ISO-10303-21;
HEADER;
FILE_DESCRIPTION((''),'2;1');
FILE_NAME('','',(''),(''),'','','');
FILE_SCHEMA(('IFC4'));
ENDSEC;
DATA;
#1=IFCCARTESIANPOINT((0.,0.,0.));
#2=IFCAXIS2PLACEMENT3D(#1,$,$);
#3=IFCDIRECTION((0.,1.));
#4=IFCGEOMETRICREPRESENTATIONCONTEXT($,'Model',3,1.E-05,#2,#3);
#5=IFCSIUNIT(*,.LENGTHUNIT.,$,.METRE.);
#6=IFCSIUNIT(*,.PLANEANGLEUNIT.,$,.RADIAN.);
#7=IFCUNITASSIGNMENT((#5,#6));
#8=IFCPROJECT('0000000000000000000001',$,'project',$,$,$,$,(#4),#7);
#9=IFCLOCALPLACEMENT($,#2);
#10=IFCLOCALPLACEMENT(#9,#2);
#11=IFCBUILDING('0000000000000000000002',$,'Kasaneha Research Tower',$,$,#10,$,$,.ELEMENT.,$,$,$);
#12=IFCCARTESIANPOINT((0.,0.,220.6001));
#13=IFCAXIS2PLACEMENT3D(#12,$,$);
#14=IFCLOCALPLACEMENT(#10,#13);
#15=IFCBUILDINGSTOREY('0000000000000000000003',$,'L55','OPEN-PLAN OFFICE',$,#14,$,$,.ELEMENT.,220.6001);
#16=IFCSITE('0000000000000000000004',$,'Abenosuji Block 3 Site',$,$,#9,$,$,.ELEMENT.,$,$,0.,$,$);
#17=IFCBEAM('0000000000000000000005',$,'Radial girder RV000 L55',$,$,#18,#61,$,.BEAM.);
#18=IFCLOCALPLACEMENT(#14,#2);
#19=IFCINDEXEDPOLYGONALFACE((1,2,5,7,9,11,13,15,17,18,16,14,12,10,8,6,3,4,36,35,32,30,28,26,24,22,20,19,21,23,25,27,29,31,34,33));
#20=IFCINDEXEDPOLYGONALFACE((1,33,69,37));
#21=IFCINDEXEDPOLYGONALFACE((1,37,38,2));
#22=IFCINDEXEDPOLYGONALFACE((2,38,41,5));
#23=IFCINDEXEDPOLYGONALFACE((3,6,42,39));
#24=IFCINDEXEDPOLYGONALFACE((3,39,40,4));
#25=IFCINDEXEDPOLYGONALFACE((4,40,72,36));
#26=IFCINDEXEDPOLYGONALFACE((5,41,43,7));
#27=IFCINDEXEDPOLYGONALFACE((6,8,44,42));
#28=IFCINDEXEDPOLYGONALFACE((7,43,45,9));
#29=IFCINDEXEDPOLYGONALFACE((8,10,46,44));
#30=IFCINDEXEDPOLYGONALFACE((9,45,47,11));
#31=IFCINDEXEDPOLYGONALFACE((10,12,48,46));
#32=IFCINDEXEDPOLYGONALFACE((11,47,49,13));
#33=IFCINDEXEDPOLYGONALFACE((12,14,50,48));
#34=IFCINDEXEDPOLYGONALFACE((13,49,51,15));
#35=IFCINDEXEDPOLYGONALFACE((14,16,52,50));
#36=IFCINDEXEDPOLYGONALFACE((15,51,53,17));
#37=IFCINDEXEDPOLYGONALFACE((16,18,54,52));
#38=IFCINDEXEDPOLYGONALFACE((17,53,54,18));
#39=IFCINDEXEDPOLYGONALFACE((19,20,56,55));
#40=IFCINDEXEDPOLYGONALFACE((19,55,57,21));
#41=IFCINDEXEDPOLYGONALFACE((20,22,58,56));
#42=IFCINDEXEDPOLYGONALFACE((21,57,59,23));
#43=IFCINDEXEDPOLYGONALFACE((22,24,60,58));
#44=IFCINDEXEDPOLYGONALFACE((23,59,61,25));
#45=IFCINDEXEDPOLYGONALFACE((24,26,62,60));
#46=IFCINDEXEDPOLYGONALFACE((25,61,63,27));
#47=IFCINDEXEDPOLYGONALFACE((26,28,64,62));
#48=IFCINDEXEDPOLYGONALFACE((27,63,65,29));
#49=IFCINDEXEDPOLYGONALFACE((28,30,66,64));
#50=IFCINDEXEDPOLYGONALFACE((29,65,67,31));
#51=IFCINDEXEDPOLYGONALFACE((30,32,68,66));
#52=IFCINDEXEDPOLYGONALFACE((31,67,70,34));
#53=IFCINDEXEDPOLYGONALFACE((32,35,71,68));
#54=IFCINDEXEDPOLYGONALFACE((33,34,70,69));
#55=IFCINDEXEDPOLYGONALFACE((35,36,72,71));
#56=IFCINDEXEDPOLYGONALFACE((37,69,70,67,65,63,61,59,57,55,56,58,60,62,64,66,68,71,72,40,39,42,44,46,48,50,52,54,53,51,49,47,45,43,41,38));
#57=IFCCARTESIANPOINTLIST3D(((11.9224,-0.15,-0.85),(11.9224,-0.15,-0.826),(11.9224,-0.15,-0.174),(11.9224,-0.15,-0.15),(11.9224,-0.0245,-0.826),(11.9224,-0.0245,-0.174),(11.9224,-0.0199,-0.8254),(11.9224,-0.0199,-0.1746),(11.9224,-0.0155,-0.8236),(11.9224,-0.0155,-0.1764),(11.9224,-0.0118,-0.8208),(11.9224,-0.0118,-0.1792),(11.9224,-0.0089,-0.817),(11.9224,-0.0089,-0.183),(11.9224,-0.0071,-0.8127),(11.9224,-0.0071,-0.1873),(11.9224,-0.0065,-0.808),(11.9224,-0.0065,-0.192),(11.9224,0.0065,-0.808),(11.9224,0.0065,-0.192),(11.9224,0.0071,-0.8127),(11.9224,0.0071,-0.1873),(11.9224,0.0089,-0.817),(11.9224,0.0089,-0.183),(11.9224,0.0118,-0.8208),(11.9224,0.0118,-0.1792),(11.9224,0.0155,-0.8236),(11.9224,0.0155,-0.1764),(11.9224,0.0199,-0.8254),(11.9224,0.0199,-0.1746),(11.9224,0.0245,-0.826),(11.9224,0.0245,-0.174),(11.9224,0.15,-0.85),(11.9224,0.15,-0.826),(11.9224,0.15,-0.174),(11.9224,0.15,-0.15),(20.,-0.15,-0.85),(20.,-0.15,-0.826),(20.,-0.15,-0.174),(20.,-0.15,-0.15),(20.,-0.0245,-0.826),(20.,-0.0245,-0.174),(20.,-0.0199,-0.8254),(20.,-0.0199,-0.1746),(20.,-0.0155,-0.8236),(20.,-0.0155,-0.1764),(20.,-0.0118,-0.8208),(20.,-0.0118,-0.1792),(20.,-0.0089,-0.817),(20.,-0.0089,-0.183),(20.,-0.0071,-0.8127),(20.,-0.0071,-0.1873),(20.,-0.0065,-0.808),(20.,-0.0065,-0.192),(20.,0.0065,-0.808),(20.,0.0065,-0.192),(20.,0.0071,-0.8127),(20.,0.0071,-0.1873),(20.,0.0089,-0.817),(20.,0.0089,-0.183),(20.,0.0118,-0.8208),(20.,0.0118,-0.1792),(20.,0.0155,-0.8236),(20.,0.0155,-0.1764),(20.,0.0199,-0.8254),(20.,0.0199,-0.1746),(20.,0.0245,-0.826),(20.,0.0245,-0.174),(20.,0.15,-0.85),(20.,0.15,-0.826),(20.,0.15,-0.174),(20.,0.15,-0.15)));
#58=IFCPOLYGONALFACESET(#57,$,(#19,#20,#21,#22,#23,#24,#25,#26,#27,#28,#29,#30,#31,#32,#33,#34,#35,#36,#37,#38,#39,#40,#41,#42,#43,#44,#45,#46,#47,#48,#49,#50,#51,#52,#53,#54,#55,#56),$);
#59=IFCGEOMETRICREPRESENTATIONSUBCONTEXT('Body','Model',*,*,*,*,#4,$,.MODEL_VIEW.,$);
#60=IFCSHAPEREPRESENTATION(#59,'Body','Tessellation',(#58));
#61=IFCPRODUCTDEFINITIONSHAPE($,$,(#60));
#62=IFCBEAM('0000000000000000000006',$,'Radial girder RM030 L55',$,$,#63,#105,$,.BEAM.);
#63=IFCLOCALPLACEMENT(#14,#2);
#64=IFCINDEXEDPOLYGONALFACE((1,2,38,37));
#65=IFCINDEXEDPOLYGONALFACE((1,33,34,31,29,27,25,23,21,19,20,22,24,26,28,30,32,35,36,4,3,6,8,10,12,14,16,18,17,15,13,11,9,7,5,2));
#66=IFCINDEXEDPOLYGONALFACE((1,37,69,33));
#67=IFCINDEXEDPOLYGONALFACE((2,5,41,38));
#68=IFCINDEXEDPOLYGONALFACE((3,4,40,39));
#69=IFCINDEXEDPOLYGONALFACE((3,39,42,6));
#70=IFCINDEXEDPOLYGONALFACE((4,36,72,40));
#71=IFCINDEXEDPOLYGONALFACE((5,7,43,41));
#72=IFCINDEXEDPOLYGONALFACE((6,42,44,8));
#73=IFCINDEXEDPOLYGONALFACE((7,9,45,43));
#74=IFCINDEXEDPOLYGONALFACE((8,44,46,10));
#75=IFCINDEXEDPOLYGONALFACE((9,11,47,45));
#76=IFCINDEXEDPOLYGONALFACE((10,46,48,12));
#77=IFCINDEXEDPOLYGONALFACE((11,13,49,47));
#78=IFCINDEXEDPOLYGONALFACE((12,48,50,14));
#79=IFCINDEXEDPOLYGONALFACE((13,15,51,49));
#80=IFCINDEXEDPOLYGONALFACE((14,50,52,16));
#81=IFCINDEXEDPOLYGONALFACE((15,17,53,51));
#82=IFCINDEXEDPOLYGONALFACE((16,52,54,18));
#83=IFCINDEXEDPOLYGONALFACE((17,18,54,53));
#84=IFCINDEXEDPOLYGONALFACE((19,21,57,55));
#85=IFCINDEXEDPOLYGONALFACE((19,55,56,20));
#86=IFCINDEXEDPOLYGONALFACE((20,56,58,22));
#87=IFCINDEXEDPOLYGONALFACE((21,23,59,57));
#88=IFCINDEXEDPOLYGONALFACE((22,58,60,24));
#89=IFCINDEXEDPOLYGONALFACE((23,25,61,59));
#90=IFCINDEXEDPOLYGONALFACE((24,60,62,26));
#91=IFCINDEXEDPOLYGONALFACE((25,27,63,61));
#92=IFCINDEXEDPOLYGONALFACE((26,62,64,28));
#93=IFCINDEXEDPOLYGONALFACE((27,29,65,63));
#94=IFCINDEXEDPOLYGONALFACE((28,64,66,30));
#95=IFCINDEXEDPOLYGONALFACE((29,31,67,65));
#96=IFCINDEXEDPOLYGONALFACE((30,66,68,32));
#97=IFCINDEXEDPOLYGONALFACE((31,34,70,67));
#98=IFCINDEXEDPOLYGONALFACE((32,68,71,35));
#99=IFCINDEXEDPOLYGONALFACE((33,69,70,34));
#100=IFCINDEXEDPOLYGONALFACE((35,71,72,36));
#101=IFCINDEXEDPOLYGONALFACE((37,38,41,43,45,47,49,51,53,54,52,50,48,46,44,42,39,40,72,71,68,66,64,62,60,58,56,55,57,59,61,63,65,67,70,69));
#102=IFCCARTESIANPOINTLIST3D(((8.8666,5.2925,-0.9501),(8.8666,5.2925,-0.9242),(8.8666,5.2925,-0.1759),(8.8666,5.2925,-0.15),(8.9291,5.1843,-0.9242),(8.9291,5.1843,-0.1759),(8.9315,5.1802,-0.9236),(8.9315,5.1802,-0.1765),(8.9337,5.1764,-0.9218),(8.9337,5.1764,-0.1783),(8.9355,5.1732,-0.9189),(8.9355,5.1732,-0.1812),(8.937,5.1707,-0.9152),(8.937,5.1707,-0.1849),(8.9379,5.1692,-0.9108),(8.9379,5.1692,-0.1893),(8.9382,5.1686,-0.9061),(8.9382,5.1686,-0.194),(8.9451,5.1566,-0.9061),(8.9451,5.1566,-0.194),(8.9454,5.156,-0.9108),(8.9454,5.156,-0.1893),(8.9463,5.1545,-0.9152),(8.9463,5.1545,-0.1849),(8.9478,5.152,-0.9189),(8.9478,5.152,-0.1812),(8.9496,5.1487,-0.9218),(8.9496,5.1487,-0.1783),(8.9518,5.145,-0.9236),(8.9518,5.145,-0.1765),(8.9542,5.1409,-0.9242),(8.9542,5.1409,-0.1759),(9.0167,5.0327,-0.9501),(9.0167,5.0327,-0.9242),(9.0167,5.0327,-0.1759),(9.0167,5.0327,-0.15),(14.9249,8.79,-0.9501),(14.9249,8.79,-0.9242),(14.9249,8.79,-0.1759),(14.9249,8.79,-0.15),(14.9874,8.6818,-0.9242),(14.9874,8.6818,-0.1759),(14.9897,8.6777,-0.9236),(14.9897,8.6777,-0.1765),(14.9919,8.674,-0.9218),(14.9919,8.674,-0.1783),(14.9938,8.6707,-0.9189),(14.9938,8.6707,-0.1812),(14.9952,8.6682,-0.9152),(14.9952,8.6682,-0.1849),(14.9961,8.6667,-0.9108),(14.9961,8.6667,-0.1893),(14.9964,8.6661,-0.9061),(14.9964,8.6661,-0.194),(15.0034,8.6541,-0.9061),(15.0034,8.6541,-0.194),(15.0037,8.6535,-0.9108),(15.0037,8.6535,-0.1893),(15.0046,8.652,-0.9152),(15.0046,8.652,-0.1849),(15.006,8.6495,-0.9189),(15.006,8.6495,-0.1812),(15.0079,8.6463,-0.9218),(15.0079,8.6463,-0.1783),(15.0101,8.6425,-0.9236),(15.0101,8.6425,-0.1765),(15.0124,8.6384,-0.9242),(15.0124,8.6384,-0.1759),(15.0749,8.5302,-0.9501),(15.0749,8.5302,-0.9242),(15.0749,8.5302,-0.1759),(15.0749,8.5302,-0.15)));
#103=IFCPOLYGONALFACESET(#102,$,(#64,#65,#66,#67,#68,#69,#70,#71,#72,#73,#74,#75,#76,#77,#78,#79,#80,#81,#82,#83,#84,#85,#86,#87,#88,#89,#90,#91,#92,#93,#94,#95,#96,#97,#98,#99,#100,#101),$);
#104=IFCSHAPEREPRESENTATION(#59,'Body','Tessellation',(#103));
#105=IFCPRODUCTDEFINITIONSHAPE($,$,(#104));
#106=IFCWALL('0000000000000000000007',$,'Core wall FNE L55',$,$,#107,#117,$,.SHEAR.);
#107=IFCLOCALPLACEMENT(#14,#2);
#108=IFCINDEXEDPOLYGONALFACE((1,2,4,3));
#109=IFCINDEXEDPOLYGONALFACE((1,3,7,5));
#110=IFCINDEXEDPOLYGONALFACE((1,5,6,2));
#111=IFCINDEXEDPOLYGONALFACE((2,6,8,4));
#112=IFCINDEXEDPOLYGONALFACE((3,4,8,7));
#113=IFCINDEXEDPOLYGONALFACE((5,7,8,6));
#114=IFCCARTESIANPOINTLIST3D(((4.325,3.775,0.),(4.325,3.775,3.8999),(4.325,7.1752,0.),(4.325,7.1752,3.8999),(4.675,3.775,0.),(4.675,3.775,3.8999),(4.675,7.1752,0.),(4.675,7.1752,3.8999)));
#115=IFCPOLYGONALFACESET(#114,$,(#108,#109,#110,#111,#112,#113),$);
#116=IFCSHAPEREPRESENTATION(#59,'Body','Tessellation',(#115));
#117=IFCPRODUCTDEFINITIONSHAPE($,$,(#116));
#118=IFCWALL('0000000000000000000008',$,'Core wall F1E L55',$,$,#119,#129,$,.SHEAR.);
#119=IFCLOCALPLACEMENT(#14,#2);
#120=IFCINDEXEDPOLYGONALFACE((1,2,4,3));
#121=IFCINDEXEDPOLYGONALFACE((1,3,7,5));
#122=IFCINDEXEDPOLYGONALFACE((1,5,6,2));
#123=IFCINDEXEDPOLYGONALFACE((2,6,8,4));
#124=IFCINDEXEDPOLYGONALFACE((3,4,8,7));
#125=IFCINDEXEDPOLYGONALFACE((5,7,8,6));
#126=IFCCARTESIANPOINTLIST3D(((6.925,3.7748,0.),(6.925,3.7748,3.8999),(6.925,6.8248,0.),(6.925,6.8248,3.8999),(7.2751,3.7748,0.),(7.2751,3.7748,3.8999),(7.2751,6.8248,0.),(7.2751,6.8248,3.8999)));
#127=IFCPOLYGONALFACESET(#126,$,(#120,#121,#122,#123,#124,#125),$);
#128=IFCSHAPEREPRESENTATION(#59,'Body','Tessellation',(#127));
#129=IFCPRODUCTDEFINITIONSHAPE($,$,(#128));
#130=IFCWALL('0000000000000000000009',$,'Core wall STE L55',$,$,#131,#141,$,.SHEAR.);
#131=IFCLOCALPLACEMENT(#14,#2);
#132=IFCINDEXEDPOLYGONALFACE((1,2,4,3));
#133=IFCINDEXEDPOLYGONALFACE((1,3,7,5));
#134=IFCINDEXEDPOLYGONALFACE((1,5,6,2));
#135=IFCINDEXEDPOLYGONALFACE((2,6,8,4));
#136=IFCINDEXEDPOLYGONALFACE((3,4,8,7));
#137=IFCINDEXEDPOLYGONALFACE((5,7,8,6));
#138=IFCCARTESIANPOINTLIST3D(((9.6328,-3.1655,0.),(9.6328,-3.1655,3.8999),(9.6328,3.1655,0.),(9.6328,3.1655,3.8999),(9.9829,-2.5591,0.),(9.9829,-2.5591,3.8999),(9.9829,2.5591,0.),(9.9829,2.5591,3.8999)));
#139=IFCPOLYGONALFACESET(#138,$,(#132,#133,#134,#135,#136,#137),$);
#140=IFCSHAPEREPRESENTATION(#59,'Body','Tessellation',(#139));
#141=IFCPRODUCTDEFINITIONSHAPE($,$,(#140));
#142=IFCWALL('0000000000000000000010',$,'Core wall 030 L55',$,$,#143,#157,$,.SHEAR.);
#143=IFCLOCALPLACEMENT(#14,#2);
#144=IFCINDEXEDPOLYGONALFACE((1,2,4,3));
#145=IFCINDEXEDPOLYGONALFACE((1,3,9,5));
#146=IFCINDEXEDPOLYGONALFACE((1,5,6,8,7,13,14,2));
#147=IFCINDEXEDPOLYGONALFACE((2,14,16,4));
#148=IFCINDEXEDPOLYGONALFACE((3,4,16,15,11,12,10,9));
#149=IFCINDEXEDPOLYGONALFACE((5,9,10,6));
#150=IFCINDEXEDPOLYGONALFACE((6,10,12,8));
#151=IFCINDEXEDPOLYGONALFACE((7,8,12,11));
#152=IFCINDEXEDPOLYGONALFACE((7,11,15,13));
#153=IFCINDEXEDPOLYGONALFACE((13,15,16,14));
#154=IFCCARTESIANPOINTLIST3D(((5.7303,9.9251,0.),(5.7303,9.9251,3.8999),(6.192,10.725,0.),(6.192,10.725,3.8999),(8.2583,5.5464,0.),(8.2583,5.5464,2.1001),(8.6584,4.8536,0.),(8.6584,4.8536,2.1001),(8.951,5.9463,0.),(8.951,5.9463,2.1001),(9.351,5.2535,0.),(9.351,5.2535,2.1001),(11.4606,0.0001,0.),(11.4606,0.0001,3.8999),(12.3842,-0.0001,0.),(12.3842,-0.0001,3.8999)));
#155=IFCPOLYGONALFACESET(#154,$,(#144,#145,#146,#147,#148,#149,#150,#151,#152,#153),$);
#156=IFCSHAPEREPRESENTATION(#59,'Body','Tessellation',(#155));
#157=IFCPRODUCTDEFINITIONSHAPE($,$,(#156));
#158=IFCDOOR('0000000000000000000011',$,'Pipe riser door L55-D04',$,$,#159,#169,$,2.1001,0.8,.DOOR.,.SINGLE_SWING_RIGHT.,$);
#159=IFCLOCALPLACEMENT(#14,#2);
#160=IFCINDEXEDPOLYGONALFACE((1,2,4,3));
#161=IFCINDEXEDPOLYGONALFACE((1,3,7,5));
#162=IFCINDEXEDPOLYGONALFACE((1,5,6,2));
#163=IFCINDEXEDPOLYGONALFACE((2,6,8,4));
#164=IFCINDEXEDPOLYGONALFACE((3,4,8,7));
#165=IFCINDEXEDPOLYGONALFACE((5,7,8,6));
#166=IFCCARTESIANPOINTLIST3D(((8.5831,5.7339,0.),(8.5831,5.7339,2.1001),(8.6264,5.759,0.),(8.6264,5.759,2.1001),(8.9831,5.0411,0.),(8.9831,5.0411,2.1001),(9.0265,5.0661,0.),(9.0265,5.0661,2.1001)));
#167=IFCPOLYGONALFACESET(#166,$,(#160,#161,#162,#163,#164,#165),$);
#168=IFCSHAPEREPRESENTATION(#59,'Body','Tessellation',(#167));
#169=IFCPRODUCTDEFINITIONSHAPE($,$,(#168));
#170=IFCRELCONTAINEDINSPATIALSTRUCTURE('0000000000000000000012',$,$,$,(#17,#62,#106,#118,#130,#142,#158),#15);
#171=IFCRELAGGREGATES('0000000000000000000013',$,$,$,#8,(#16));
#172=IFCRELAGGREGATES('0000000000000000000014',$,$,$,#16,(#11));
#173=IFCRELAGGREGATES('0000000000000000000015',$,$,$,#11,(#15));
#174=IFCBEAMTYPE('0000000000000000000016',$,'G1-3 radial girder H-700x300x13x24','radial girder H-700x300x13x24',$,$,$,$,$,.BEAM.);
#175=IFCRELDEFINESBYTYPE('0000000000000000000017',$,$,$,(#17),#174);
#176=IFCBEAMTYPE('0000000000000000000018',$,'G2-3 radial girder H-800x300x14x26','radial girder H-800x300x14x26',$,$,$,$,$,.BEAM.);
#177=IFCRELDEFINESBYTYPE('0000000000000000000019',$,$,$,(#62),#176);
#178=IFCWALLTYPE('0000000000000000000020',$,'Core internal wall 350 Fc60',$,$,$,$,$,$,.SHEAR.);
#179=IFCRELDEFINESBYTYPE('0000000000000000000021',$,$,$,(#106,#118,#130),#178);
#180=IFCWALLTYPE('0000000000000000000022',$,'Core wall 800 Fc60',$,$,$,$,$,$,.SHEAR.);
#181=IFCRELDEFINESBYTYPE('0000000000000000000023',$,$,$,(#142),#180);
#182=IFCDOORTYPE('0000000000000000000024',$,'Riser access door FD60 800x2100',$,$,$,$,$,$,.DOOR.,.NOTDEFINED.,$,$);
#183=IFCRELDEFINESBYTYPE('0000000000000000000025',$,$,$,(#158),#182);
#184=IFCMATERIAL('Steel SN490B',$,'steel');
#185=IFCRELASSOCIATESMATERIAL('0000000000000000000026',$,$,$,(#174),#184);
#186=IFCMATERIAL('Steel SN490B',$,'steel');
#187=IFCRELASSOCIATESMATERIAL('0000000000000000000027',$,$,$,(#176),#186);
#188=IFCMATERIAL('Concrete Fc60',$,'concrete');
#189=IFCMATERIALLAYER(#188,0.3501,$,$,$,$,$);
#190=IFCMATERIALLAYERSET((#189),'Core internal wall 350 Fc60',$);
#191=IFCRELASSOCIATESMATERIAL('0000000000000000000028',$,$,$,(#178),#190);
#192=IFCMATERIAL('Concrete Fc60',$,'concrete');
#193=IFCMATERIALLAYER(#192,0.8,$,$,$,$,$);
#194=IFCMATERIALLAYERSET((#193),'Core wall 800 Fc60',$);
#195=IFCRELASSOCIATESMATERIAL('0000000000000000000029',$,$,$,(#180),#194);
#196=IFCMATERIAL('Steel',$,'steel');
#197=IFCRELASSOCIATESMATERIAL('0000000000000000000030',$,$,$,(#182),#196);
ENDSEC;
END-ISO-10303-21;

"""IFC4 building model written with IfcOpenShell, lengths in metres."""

from ifc_helpers import new_model, si_unit, direction, frame, frame_2d, origin, origin_2d, place, context, subcontext, project, spatial, polyline, rectangle, i_section, outline, extrude, material, layer, layer_set, material_profile, profile_set, type_object, element, fill, save


model = new_model("IFC4")

# Units and contexts
model_context = context("Model", 3, precision=1e-05, world=origin(), true_north=direction((0.0, 1.0)))
body_context = subcontext(model_context, "Body", "Model", "MODEL_VIEW")
ifc_project = project(units=[si_unit("LENGTHUNIT", "METRE"), si_unit("PLANEANGLEUNIT", "RADIAN")], contexts=[model_context])

# Site, building, storey
site_placement = place(None, origin())
site = spatial("IfcSite", under=ifc_project, at=site_placement, Name="Abenosuji Block 3 Site", CompositionType="ELEMENT", RefElevation=0.0)
building_placement = place(site_placement, origin())
building = spatial("IfcBuilding", under=site, at=building_placement, Name="Kasaneha Research Tower", CompositionType="ELEMENT")
storey_placement = place(building_placement, frame((0.0, 0.0, 220.6001)))
storey = spatial("IfcBuildingStorey", under=building, at=storey_placement, Name="L55", Description="OPEN-PLAN OFFICE", CompositionType="ELEMENT", Elevation=220.6001)

# Beams
ifc_material_1 = material(Name="Steel SN490B", Category="steel")
ifc_material_profile_1 = material_profile(ifc_material_1, i_section(OverallWidth=0.3, OverallDepth=0.7, WebThickness=0.0129, FlangeThickness=0.0239, FilletRadius=0.0181, at=origin_2d()), Name="H-700x300x13x24")
ifc_profile_set_1 = profile_set([ifc_material_profile_1], Name="Steel SN490B")
beam_type_1 = type_object("IfcBeamType", Name="G1-3 radial girder H-700x300x13x24", Description="radial girder H-700x300x13x24", PredefinedType="BEAM", material=ifc_profile_set_1)
beam_1_placement = place(storey_placement, frame((11.9224, 0.0, -0.5), z_axis=(1.0, 0.0, 0.0), x_axis=(0.0, 1.0, 0.0)))
element("IfcBeam", 1, at=beam_1_placement, inside=storey, type_object=beam_type_1, Name="Radial girder RV000 L55", PredefinedType="BEAM", context=body_context, shape_type="SweptSolid", body=[
    extrude(i_section(OverallWidth=0.3, OverallDepth=0.7, WebThickness=0.0129, FlangeThickness=0.0239, FilletRadius=0.0181, at=origin_2d()), origin(), (0.0, 0.0, 1.0), 8.0776),
])
ifc_material_2 = material(Name="Steel SN490B", Category="steel")
ifc_material_profile_2 = material_profile(ifc_material_2, i_section(OverallWidth=0.3, OverallDepth=0.8, WebThickness=0.0139, FlangeThickness=0.0259, FilletRadius=0.0181, at=origin_2d()), Name="H-800x300x14x26")
ifc_profile_set_2 = profile_set([ifc_material_profile_2], Name="Steel SN490B")
beam_type_2 = type_object("IfcBeamType", Name="G2-3 radial girder H-800x300x14x26", Description="radial girder H-800x300x14x26", PredefinedType="BEAM", material=ifc_profile_set_2)
beam_2_placement = place(storey_placement, frame((8.9417, 5.1626, -0.55), z_axis=(0.86604, 0.499975, 0.0), x_axis=(-0.499975, 0.86604, 0.0)))
element("IfcBeam", 2, at=beam_2_placement, inside=storey, type_object=beam_type_2, Name="Radial girder RM030 L55", PredefinedType="BEAM", context=body_context, shape_type="SweptSolid", body=[
    extrude(i_section(OverallWidth=0.3, OverallDepth=0.8, WebThickness=0.0139, FlangeThickness=0.0259, FilletRadius=0.0181, at=origin_2d()), origin(), (0.0, 0.0, 1.0), 6.9954),
])

# Walls
ifc_material_3 = material(Name="Concrete Fc60", Category="concrete")
ifc_layer_1 = layer(ifc_material_3, 0.3501)
ifc_layer_set_1 = layer_set([ifc_layer_1], Name="Core internal wall 350 Fc60")
wall_type_1 = type_object("IfcWallType", Name="Core internal wall 350 Fc60", PredefinedType="SHEAR", material=ifc_layer_set_1)
wall_1_placement = place(storey_placement, frame((4.5, 3.7749, 0.0), z_axis=(0.0, 0.0, 1.0), x_axis=(0.0, 1.0, 0.0)))
element("IfcWall", 3, at=wall_1_placement, inside=storey, type_object=wall_type_1, Name="Core wall FNE L55", PredefinedType="SHEAR", context=body_context, shape_type="SweptSolid", body=[
    extrude(rectangle(XDim=3.4001, YDim=0.3501, at=frame_2d((1.7002, 0.0))), origin(), (0.0, 0.0, 1.0), 3.8999),
])
wall_2_placement = place(storey_placement, frame((7.1001, 3.7749, 0.0), z_axis=(0.0, 0.0, 1.0), x_axis=(0.0, 1.0, 0.0)))
element("IfcWall", 4, at=wall_2_placement, inside=storey, type_object=wall_type_1, Name="Core wall F1E L55", PredefinedType="SHEAR", context=body_context, shape_type="SweptSolid", body=[
    extrude(rectangle(XDim=3.05, YDim=0.3501, at=frame_2d((1.5249, 0.0))), origin(), (0.0, 0.0, 1.0), 3.8999),
])
wall_3_placement = place(storey_placement, frame((9.8079, -2.8623, 0.0), z_axis=(0.0, 0.0, 1.0), x_axis=(0.0, 1.0, 0.0)))
element("IfcWall", 5, at=wall_3_placement, inside=storey, type_object=wall_type_1, Name="Core wall STE L55", PredefinedType="SHEAR", context=body_context, shape_type="SweptSolid", body=[
    extrude(outline(polyline([(0.3032, -0.175), (5.4214, -0.175), (6.0278, 0.175), (-0.3032, 0.175), (0.3032, -0.175)])), origin(), (0.0, 0.0, 1.0), 3.8999),
])

# Wall, opening, door
ifc_material_4 = material(Name="Concrete Fc60", Category="concrete")
ifc_layer_2 = layer(ifc_material_4, 0.8)
ifc_layer_set_2 = layer_set([ifc_layer_2], Name="Core wall 800 Fc60")
wall_type_2 = type_object("IfcWallType", Name="Core wall 800 Fc60", PredefinedType="SHEAR", material=ifc_layer_set_2)
wall_4_placement = place(storey_placement, frame((11.9224, 0.0, 0.0), z_axis=(0.0, 0.0, 1.0), x_axis=(-0.500004, 0.866023, 0.0)))
wall_4 = element("IfcWall", 6, at=wall_4_placement, inside=storey, type_object=wall_type_2, Name="Core wall 030 L55", PredefinedType="SHEAR", context=body_context, shape_type="SweptSolid", body=[
    extrude(outline(polyline([(-0.231, -0.3999), (5.8354, -0.3999), (6.6355, -0.3999), (12.1533, -0.3999), (11.6914, 0.3999), (6.6355, 0.3999), (5.8354, 0.3999), (0.231, 0.3999), (-0.231, -0.3999)])), origin(), (0.0, 0.0, 1.0), 3.8999),
])
opening_1_placement = place(wall_4_placement, frame((5.8354, 0.0, 0.0)))
opening_1 = element("IfcOpeningElement", 7, at=opening_1_placement, cuts=wall_4, PredefinedType="OPENING", context=body_context, shape_type="SweptSolid", body=[
    extrude(rectangle(XDim=0.8, YDim=2.1001, at=frame_2d((0.3999, 1.05))), frame((0.0, 0.4102, 0.0), z_axis=(0.0, -1.0, 0.0), x_axis=(1.0, 0.0, 0.0)), (0.0, 0.0, 1.0), 0.8201),
])
ifc_material_5 = material(Name="Steel", Category="steel")
door_type_1 = type_object("IfcDoorType", Name="Riser access door FD60 800x2100", OperationType="NOTDEFINED", PredefinedType="DOOR", material=ifc_material_5)
door_1_placement = place(opening_1_placement, origin())
door_1 = element("IfcDoor", 8, at=door_1_placement, inside=storey, type_object=door_type_1, Name="Pipe riser door L55-D04", OperationType="SINGLE_SWING_RIGHT", OverallHeight=2.1001, OverallWidth=0.8, PredefinedType="DOOR", context=body_context, shape_type="SweptSolid", body=[
    extrude(rectangle(XDim=0.8, YDim=2.1001, at=frame_2d((0.3999, 1.05))), frame((0.0, 0.0249, 0.0), z_axis=(0.0, -1.0, 0.0), x_axis=(1.0, 0.0, 0.0)), (0.0, 0.0, 1.0), 0.05),
])
fill(opening_1, door_1)

save(model, "model.ifc")
